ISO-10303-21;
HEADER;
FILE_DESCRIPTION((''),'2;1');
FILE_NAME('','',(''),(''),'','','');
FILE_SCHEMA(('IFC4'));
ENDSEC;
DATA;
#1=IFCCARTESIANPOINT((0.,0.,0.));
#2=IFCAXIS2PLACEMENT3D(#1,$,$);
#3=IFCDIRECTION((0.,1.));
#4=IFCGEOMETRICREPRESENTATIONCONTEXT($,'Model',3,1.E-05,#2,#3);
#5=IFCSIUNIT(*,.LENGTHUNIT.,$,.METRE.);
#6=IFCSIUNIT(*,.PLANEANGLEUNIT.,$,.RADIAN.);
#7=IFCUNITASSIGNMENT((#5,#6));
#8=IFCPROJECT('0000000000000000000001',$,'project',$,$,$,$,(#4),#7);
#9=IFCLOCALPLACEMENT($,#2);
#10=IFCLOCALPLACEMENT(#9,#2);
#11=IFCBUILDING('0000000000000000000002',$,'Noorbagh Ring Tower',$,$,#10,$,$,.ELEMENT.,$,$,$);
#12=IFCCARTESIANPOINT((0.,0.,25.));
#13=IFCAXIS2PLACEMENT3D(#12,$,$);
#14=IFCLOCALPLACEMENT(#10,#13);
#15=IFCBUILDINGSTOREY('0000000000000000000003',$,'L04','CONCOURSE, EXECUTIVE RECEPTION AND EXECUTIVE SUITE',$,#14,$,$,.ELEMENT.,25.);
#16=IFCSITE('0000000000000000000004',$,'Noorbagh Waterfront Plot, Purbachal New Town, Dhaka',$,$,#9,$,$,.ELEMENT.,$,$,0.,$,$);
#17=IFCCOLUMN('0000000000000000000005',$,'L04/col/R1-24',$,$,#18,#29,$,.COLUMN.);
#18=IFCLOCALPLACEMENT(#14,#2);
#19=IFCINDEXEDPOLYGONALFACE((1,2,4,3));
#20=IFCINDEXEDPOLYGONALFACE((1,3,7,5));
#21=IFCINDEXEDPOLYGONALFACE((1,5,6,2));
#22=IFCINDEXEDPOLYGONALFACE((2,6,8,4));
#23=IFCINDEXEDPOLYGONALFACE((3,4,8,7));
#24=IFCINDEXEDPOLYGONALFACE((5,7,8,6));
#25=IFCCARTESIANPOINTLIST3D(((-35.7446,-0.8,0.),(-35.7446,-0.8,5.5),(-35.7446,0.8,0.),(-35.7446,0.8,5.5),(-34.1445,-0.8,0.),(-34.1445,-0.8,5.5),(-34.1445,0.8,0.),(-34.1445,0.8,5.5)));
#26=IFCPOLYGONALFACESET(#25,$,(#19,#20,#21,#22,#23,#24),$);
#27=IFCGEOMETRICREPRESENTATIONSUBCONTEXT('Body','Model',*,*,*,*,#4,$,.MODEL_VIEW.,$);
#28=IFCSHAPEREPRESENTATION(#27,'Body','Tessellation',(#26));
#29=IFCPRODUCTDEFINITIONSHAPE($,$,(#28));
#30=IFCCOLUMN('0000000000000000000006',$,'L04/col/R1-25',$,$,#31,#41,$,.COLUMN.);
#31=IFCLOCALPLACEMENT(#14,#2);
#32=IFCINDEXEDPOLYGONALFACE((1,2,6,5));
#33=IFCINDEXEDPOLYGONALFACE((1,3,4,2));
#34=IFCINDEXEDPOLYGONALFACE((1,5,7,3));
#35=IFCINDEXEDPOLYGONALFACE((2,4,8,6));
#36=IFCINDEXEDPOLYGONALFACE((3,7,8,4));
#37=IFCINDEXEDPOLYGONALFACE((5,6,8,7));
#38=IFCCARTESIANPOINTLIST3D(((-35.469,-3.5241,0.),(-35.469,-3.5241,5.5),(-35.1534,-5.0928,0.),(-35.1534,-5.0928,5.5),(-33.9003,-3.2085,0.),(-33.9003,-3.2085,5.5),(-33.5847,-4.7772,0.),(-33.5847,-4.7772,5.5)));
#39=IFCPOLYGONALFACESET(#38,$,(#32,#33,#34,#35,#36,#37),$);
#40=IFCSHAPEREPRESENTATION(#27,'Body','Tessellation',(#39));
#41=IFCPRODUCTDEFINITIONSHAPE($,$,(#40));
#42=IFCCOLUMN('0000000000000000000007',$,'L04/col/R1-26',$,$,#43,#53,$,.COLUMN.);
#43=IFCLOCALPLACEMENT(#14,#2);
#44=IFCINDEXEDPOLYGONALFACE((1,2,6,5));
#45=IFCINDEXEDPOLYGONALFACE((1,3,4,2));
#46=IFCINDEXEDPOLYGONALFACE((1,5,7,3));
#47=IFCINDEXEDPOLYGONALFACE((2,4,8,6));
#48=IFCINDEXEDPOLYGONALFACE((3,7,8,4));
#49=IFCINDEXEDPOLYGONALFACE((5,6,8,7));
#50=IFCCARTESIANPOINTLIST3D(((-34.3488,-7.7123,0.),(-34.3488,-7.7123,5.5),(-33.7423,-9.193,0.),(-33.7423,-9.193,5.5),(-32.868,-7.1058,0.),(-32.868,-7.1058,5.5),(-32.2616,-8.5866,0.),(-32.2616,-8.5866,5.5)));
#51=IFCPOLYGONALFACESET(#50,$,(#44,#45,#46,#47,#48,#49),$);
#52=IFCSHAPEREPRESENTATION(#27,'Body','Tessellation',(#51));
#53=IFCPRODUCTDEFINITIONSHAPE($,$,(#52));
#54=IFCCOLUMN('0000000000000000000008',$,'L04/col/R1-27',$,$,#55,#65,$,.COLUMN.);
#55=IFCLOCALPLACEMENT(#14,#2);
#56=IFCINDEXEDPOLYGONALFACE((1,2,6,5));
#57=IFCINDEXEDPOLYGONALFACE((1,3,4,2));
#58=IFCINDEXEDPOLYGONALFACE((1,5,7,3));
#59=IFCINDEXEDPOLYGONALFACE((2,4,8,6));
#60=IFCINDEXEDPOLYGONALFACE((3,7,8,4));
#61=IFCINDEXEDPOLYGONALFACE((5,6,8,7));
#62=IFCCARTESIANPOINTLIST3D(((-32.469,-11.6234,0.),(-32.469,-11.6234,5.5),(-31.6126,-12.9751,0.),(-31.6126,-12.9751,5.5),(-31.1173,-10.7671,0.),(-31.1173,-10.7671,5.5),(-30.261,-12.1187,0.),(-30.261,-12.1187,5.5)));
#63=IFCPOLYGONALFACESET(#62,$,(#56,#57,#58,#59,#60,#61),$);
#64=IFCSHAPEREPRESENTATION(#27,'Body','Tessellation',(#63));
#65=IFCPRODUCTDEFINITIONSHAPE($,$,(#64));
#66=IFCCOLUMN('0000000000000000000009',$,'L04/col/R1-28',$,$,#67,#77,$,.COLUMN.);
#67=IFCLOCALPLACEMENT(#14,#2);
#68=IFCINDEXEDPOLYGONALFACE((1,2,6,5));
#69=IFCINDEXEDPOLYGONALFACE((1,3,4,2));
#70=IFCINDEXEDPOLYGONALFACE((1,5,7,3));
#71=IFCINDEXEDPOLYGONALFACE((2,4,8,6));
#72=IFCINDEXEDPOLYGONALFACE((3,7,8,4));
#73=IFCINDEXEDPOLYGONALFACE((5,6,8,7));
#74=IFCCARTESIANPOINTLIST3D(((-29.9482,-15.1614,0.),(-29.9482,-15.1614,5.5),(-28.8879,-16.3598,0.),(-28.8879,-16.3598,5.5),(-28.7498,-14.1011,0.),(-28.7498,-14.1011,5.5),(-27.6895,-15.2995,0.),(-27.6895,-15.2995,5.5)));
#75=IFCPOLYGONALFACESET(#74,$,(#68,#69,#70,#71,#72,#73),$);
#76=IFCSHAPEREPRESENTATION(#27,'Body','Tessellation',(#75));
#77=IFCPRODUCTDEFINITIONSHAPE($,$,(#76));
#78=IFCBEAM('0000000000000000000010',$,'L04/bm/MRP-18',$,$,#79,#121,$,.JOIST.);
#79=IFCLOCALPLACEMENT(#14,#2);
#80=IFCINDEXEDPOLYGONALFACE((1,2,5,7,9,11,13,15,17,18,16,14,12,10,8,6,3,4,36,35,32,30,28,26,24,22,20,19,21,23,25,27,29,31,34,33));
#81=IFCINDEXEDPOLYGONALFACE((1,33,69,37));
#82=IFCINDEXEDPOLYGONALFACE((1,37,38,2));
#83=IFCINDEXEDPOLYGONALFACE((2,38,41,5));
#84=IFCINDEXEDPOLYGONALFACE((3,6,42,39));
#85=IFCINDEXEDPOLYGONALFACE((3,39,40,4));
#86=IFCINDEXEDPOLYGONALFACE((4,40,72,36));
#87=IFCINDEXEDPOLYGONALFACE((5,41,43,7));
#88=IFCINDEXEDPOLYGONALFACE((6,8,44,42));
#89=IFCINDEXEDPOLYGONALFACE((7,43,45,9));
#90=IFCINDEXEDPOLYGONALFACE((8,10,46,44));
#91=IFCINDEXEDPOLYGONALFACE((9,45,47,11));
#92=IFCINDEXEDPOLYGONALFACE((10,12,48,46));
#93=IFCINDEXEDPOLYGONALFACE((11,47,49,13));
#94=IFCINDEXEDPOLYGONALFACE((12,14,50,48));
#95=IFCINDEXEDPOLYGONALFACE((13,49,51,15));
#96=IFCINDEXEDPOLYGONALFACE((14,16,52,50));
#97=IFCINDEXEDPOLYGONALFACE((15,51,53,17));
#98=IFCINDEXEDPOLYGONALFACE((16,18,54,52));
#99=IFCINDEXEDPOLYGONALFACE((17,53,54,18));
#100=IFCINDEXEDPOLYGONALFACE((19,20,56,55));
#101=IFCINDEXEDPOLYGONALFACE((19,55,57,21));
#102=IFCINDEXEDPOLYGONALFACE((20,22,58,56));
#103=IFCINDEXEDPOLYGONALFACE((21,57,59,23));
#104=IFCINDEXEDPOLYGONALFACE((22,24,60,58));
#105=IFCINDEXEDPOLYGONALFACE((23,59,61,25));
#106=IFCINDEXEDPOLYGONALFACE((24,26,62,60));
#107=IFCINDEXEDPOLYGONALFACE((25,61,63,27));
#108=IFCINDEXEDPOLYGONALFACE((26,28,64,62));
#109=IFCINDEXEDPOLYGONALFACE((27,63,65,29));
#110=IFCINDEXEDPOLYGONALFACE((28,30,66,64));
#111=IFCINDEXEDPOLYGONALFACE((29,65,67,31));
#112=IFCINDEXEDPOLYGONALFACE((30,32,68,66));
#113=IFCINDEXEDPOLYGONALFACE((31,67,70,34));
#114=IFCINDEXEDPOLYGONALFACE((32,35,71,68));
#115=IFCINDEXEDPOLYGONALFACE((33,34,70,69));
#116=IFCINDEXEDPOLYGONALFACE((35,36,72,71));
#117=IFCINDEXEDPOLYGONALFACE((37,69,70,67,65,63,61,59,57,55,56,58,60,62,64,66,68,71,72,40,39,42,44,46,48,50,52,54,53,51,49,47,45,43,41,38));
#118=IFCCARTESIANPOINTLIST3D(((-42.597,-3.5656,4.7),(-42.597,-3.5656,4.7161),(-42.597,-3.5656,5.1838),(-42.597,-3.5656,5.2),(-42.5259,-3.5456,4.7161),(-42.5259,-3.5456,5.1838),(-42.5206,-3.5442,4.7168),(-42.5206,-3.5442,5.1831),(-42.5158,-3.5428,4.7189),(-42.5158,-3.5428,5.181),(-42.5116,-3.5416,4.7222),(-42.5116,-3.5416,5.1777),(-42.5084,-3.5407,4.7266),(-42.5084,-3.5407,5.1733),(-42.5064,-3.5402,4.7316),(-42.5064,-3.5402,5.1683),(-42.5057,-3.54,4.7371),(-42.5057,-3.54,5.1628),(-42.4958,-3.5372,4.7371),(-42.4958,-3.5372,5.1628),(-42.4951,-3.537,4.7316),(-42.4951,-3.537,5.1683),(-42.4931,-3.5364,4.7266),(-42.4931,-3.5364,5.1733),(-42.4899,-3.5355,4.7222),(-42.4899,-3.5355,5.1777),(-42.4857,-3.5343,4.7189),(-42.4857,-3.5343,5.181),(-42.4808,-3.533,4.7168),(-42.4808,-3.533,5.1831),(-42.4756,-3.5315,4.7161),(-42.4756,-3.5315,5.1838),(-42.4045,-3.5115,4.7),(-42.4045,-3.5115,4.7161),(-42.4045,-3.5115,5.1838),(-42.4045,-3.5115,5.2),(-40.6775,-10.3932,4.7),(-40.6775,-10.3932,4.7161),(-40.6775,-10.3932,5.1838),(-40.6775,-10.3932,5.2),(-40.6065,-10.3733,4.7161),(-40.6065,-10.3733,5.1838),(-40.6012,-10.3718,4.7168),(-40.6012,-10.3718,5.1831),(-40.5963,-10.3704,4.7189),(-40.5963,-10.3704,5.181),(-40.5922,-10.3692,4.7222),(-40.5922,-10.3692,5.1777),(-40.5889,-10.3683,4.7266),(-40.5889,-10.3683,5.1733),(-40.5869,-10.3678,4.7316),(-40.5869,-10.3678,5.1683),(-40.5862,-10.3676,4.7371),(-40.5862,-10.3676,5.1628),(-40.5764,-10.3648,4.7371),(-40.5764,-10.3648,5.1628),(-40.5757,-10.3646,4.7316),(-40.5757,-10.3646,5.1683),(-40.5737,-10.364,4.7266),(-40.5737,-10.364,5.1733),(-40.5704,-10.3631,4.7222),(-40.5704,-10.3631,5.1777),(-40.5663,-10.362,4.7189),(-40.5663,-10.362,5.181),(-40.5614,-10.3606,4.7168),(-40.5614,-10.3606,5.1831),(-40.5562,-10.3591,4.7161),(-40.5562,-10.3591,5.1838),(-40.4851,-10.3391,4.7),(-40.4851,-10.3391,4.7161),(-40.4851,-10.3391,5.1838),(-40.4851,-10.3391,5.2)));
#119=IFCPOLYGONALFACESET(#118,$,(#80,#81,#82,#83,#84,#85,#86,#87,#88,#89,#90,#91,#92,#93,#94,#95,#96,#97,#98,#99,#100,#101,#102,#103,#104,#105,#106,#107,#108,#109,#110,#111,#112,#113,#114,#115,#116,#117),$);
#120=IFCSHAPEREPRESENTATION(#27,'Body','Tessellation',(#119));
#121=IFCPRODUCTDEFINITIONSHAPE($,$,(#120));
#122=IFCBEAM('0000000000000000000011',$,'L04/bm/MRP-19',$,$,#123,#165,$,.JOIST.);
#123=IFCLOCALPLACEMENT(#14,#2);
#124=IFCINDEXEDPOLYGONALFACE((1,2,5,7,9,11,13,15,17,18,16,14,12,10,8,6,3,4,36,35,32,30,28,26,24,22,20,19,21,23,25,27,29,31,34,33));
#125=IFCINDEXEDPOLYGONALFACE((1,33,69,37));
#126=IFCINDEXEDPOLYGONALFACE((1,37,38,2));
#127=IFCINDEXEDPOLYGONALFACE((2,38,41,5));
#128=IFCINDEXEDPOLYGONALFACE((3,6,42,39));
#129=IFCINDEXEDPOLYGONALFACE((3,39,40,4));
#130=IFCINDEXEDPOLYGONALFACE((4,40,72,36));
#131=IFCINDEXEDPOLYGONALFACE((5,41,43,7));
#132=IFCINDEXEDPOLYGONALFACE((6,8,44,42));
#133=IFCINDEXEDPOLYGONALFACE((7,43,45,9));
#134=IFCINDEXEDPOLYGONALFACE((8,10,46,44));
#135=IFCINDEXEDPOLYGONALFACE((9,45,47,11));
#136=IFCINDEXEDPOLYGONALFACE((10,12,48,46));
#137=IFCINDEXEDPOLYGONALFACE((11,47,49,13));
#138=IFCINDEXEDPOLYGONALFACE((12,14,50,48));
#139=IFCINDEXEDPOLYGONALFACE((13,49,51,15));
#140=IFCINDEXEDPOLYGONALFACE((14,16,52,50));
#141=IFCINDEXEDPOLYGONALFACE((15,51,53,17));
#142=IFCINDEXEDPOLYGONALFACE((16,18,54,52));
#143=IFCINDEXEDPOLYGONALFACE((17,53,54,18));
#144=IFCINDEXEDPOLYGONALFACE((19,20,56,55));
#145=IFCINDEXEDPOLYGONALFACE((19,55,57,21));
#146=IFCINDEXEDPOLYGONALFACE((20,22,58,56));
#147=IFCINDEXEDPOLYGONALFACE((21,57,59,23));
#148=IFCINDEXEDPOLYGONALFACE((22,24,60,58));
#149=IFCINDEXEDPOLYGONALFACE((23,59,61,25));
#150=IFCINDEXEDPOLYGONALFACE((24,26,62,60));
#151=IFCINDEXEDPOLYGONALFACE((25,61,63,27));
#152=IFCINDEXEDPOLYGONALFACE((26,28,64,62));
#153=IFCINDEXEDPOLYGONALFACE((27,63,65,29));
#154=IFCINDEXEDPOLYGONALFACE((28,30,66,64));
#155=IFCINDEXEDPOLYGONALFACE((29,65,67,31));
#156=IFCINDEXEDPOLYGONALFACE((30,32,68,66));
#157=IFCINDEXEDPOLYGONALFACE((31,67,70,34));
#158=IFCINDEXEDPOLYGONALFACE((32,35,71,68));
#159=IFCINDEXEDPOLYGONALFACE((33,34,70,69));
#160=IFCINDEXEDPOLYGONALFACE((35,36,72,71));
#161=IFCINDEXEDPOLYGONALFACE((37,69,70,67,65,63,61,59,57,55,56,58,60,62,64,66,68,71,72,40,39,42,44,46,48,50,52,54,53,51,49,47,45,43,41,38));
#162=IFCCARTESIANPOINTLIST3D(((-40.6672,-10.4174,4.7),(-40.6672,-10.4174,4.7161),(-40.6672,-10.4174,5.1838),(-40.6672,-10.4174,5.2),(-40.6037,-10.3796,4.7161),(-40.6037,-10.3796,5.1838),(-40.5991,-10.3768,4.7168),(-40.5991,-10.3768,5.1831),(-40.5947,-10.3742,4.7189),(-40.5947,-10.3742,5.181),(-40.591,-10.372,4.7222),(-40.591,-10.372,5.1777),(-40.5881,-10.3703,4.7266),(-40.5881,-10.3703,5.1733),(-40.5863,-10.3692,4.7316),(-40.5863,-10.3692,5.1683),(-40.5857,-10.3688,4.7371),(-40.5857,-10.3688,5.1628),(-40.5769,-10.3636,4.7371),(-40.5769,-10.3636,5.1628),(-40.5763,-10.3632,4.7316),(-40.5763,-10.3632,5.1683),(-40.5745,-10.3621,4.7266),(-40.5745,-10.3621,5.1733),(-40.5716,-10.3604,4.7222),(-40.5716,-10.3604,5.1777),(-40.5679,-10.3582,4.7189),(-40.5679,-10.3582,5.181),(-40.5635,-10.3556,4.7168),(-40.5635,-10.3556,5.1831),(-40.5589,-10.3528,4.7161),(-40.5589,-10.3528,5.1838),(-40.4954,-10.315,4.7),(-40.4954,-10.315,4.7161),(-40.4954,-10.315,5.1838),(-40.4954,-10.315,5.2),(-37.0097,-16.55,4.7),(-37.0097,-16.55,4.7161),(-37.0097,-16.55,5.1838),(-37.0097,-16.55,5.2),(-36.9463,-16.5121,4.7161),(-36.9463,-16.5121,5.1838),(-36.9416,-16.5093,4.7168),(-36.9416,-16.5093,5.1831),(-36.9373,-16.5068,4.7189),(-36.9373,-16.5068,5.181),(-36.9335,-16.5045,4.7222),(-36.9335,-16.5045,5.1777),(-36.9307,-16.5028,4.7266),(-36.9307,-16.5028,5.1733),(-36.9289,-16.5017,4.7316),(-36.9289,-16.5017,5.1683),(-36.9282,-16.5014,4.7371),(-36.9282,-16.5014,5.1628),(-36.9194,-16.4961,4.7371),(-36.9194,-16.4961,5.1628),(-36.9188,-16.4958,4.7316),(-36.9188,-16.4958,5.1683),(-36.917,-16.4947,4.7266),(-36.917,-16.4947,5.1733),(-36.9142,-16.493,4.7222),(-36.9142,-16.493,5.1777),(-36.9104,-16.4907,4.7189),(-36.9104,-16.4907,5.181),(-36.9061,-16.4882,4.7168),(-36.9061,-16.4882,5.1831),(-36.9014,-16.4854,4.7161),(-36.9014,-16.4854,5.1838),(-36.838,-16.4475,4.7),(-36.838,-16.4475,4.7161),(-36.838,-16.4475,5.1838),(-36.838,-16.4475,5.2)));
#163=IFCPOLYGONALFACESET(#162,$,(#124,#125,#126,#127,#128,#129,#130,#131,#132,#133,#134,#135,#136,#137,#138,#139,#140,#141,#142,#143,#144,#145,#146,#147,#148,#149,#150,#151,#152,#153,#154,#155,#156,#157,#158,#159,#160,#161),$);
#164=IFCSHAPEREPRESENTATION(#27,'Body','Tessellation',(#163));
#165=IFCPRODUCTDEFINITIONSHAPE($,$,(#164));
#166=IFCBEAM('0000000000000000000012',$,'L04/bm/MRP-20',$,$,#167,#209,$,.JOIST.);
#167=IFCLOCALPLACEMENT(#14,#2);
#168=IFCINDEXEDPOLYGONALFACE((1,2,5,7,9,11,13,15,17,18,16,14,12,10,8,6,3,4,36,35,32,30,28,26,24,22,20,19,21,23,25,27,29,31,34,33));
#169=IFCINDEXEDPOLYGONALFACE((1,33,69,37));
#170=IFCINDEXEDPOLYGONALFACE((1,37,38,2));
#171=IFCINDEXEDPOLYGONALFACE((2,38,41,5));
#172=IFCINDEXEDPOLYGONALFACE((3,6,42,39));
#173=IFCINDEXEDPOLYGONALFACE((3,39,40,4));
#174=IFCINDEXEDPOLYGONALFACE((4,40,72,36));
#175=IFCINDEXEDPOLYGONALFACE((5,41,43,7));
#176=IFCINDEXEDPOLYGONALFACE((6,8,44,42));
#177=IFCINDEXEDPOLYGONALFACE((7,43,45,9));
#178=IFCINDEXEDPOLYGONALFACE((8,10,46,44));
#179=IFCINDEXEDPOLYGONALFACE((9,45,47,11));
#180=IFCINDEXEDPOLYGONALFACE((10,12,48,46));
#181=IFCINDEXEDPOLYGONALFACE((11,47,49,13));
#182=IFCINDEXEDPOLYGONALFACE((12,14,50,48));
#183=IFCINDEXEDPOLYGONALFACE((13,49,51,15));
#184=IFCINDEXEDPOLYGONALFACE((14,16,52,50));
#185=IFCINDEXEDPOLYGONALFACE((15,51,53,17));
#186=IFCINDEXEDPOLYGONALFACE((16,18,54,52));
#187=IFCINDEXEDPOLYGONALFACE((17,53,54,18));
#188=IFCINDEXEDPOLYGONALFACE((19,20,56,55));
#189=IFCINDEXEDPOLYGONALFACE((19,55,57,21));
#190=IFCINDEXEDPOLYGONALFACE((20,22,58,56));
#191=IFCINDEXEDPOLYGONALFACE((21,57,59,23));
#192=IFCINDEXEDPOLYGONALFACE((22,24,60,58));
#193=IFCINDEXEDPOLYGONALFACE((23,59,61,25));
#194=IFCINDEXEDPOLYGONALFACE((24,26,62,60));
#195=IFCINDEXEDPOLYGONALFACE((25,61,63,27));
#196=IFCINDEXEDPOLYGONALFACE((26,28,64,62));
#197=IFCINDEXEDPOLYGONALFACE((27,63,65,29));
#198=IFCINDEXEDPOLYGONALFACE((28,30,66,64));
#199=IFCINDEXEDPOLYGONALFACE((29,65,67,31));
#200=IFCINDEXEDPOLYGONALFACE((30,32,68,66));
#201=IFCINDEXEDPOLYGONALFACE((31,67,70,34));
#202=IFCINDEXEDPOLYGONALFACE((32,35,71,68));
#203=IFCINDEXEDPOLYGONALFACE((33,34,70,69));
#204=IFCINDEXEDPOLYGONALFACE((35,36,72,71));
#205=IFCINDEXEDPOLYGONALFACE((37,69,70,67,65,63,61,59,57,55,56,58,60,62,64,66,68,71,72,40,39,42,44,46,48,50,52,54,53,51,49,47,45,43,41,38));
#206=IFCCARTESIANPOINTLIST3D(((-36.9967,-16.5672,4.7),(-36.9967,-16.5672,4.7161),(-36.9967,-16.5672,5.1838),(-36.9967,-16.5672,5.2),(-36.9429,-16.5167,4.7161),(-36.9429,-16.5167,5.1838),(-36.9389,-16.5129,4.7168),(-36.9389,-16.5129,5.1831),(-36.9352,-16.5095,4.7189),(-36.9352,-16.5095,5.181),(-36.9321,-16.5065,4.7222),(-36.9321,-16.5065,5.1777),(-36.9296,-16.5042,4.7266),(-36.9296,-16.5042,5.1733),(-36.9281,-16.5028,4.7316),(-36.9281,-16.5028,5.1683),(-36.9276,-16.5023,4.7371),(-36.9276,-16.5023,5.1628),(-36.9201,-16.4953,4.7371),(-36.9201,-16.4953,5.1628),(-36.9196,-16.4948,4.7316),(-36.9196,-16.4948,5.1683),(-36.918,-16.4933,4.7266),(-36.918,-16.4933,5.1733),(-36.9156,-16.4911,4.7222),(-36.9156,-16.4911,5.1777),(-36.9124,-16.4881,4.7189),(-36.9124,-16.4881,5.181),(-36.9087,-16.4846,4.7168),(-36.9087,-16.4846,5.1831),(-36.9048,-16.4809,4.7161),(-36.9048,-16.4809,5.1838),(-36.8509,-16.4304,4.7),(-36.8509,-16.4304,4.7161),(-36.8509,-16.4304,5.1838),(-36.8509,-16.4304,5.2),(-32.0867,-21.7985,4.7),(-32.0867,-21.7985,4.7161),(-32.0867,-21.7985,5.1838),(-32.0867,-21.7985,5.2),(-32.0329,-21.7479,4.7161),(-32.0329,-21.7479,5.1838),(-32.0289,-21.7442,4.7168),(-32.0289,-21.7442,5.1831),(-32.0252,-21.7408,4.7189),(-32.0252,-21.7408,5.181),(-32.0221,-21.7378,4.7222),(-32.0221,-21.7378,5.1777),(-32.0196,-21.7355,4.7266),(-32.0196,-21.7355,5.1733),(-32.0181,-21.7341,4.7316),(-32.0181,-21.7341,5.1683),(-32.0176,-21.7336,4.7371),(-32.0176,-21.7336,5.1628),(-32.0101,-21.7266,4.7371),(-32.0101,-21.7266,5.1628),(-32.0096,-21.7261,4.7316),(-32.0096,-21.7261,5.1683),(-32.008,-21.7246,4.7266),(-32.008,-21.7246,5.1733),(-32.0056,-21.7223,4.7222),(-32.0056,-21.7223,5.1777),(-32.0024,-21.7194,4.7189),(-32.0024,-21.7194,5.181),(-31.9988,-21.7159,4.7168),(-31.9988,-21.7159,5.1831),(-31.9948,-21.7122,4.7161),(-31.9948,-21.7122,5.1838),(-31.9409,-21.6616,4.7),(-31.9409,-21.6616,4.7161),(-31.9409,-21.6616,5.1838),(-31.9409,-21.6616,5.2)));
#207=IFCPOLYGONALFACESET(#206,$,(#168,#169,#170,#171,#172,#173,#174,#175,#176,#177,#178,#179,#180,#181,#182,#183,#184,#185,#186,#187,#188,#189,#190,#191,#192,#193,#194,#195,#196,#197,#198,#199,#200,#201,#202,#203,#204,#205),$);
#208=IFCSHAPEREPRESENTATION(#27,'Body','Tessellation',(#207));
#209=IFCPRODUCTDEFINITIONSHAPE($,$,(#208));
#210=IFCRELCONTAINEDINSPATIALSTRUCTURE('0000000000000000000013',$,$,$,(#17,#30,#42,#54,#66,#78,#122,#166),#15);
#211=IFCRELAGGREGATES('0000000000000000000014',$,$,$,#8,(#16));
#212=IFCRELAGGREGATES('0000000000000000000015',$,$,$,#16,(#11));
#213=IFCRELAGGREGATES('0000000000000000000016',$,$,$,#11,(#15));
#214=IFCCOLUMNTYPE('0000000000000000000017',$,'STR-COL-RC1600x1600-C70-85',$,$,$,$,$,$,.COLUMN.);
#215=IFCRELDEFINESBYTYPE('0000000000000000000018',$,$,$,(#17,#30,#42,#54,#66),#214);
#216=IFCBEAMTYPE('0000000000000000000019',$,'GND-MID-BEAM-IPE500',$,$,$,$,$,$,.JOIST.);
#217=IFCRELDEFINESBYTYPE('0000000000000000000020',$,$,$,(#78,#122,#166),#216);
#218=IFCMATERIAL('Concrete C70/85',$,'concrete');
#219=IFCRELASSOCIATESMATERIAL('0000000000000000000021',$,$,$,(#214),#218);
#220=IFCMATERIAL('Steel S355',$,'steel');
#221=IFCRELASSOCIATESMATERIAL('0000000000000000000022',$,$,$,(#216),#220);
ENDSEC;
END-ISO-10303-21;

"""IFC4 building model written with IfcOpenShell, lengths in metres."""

from ifc_helpers import new_model, si_unit, direction, frame, origin, origin_2d, place, context, subcontext, project, spatial, rectangle, i_section, extrude, material, material_profile, profile_set, type_object, element, save


model = new_model("IFC4")

# Units and contexts
model_context = context("Model", 3, precision=1e-05, world=origin(), true_north=direction((0.0, 1.0)))
body_context = subcontext(model_context, "Body", "Model", "MODEL_VIEW")
ifc_project = project(units=[si_unit("LENGTHUNIT", "METRE"), si_unit("PLANEANGLEUNIT", "RADIAN")], contexts=[model_context])

# Site, building, storey
site_placement = place(None, origin())
site = spatial("IfcSite", under=ifc_project, at=site_placement, Name="Noorbagh Waterfront Plot, Purbachal New Town, Dhaka", CompositionType="ELEMENT", RefElevation=0.0)
building_placement = place(site_placement, origin())
building = spatial("IfcBuilding", under=site, at=building_placement, Name="Noorbagh Ring Tower", CompositionType="ELEMENT")
storey_placement = place(building_placement, frame((0.0, 0.0, 25.0)))
storey = spatial("IfcBuildingStorey", under=building, at=storey_placement, Name="L04", Description="CONCOURSE, EXECUTIVE RECEPTION AND EXECUTIVE SUITE", CompositionType="ELEMENT", Elevation=25.0)

# Columns
ifc_material_1 = material(Name="Concrete C70/85", Category="concrete")
ifc_material_profile_1 = material_profile(ifc_material_1, rectangle(XDim=1.6001, YDim=1.6001, at=origin_2d()), Name="RC1600x1600")
ifc_profile_set_1 = profile_set([ifc_material_profile_1], Name="Concrete C70/85")
column_type = type_object("IfcColumnType", Name="STR-COL-RC1600x1600-C70-85", PredefinedType="COLUMN", material=ifc_profile_set_1)
for number, where, z_axis, x_axis, name in (
    (1, (-34.9446, 0.0, 0.0), (0.0, 0.0, 1.0), (0.0, -1.0, 0.0), "L04/col/R1-24"),
    (2, (-34.5269, -4.1506, 0.0), (0.0, 0.0, 1.0), (0.19723, -0.980357, 0.0), "L04/col/R1-25"),
    (3, (-33.3052, -8.1494, 0.0), (0.0, 0.0, 1.0), (0.378989, -0.925401, 0.0), "L04/col/R1-26"),
    (4, (-31.365, -11.8711, 0.0), (0.0, 0.0, 1.0), (0.53519, -0.844731, 0.0), "L04/col/R1-27"),
    (5, (-28.8188, -15.2305, 0.0), (0.0, 0.0, 1.0), (0.662636, -0.748942, 0.0), "L04/col/R1-28"),
):
    element("IfcColumn", number, at=place(storey_placement, frame(where, z_axis=z_axis, x_axis=x_axis)), inside=storey, type_object=column_type, Name=name, PredefinedType="COLUMN", context=body_context, shape_type="SweptSolid", body=[
        extrude(rectangle(XDim=1.6001, YDim=1.6001, at=origin_2d()), origin(), (0.0, 0.0, 1.0), 5.5),
    ])

# Beams
ifc_material_2 = material(Name="Steel S355", Category="steel")
ifc_material_profile_2 = material_profile(ifc_material_2, i_section(OverallWidth=0.2, OverallDepth=0.5, WebThickness=0.0103, FlangeThickness=0.0161, FilletRadius=0.021, at=origin_2d()), Name="IPE500")
ifc_profile_set_2 = profile_set([ifc_material_profile_2], Name="Steel S355")
beam_type_1 = type_object("IfcBeamType", Name="GND-MID-BEAM-IPE500", PredefinedType="JOIST", material=ifc_profile_set_2)
beam_1_placement = place(storey_placement, frame((-42.5007, -3.5386, 4.95), z_axis=(0.270636, -0.962682, 0.0), x_axis=(0.962682, 0.270636, 0.0)))
element("IfcBeam", 6, at=beam_1_placement, inside=storey, type_object=beam_type_1, Name="L04/bm/MRP-18", PredefinedType="JOIST", context=body_context, shape_type="SweptSolid", body=[
    extrude(i_section(OverallWidth=0.2, OverallDepth=0.5, WebThickness=0.0103, FlangeThickness=0.0161, FilletRadius=0.021, at=origin_2d()), origin(), (0.0, 0.0, 1.0), 7.0923),
])
beam_2_placement = place(storey_placement, frame((-40.5813, -10.3662, 4.95), z_axis=(0.512221, -0.858854, 0.0), x_axis=(0.858854, 0.512221, 0.0)))
element("IfcBeam", 7, at=beam_2_placement, inside=storey, type_object=beam_type_1, Name="L04/bm/MRP-19", PredefinedType="JOIST", context=body_context, shape_type="SweptSolid", body=[
    extrude(i_section(OverallWidth=0.2, OverallDepth=0.5, WebThickness=0.0103, FlangeThickness=0.0161, FilletRadius=0.021, at=origin_2d()), origin(), (0.0, 0.0, 1.0), 7.1404),
])
beam_3_placement = place(storey_placement, frame((-36.9238, -16.4988, 4.95), z_axis=(0.684361, -0.729143, 0.0), x_axis=(0.729143, 0.684361, 0.0)))
element("IfcBeam", 8, at=beam_3_placement, inside=storey, type_object=beam_type_1, Name="L04/bm/MRP-20", PredefinedType="JOIST", context=body_context, shape_type="SweptSolid", body=[
    extrude(i_section(OverallWidth=0.2, OverallDepth=0.5, WebThickness=0.0103, FlangeThickness=0.0161, FilletRadius=0.021, at=origin_2d()), origin(), (0.0, 0.0, 1.0), 7.1746),
])

save(model, "model.ifc")
